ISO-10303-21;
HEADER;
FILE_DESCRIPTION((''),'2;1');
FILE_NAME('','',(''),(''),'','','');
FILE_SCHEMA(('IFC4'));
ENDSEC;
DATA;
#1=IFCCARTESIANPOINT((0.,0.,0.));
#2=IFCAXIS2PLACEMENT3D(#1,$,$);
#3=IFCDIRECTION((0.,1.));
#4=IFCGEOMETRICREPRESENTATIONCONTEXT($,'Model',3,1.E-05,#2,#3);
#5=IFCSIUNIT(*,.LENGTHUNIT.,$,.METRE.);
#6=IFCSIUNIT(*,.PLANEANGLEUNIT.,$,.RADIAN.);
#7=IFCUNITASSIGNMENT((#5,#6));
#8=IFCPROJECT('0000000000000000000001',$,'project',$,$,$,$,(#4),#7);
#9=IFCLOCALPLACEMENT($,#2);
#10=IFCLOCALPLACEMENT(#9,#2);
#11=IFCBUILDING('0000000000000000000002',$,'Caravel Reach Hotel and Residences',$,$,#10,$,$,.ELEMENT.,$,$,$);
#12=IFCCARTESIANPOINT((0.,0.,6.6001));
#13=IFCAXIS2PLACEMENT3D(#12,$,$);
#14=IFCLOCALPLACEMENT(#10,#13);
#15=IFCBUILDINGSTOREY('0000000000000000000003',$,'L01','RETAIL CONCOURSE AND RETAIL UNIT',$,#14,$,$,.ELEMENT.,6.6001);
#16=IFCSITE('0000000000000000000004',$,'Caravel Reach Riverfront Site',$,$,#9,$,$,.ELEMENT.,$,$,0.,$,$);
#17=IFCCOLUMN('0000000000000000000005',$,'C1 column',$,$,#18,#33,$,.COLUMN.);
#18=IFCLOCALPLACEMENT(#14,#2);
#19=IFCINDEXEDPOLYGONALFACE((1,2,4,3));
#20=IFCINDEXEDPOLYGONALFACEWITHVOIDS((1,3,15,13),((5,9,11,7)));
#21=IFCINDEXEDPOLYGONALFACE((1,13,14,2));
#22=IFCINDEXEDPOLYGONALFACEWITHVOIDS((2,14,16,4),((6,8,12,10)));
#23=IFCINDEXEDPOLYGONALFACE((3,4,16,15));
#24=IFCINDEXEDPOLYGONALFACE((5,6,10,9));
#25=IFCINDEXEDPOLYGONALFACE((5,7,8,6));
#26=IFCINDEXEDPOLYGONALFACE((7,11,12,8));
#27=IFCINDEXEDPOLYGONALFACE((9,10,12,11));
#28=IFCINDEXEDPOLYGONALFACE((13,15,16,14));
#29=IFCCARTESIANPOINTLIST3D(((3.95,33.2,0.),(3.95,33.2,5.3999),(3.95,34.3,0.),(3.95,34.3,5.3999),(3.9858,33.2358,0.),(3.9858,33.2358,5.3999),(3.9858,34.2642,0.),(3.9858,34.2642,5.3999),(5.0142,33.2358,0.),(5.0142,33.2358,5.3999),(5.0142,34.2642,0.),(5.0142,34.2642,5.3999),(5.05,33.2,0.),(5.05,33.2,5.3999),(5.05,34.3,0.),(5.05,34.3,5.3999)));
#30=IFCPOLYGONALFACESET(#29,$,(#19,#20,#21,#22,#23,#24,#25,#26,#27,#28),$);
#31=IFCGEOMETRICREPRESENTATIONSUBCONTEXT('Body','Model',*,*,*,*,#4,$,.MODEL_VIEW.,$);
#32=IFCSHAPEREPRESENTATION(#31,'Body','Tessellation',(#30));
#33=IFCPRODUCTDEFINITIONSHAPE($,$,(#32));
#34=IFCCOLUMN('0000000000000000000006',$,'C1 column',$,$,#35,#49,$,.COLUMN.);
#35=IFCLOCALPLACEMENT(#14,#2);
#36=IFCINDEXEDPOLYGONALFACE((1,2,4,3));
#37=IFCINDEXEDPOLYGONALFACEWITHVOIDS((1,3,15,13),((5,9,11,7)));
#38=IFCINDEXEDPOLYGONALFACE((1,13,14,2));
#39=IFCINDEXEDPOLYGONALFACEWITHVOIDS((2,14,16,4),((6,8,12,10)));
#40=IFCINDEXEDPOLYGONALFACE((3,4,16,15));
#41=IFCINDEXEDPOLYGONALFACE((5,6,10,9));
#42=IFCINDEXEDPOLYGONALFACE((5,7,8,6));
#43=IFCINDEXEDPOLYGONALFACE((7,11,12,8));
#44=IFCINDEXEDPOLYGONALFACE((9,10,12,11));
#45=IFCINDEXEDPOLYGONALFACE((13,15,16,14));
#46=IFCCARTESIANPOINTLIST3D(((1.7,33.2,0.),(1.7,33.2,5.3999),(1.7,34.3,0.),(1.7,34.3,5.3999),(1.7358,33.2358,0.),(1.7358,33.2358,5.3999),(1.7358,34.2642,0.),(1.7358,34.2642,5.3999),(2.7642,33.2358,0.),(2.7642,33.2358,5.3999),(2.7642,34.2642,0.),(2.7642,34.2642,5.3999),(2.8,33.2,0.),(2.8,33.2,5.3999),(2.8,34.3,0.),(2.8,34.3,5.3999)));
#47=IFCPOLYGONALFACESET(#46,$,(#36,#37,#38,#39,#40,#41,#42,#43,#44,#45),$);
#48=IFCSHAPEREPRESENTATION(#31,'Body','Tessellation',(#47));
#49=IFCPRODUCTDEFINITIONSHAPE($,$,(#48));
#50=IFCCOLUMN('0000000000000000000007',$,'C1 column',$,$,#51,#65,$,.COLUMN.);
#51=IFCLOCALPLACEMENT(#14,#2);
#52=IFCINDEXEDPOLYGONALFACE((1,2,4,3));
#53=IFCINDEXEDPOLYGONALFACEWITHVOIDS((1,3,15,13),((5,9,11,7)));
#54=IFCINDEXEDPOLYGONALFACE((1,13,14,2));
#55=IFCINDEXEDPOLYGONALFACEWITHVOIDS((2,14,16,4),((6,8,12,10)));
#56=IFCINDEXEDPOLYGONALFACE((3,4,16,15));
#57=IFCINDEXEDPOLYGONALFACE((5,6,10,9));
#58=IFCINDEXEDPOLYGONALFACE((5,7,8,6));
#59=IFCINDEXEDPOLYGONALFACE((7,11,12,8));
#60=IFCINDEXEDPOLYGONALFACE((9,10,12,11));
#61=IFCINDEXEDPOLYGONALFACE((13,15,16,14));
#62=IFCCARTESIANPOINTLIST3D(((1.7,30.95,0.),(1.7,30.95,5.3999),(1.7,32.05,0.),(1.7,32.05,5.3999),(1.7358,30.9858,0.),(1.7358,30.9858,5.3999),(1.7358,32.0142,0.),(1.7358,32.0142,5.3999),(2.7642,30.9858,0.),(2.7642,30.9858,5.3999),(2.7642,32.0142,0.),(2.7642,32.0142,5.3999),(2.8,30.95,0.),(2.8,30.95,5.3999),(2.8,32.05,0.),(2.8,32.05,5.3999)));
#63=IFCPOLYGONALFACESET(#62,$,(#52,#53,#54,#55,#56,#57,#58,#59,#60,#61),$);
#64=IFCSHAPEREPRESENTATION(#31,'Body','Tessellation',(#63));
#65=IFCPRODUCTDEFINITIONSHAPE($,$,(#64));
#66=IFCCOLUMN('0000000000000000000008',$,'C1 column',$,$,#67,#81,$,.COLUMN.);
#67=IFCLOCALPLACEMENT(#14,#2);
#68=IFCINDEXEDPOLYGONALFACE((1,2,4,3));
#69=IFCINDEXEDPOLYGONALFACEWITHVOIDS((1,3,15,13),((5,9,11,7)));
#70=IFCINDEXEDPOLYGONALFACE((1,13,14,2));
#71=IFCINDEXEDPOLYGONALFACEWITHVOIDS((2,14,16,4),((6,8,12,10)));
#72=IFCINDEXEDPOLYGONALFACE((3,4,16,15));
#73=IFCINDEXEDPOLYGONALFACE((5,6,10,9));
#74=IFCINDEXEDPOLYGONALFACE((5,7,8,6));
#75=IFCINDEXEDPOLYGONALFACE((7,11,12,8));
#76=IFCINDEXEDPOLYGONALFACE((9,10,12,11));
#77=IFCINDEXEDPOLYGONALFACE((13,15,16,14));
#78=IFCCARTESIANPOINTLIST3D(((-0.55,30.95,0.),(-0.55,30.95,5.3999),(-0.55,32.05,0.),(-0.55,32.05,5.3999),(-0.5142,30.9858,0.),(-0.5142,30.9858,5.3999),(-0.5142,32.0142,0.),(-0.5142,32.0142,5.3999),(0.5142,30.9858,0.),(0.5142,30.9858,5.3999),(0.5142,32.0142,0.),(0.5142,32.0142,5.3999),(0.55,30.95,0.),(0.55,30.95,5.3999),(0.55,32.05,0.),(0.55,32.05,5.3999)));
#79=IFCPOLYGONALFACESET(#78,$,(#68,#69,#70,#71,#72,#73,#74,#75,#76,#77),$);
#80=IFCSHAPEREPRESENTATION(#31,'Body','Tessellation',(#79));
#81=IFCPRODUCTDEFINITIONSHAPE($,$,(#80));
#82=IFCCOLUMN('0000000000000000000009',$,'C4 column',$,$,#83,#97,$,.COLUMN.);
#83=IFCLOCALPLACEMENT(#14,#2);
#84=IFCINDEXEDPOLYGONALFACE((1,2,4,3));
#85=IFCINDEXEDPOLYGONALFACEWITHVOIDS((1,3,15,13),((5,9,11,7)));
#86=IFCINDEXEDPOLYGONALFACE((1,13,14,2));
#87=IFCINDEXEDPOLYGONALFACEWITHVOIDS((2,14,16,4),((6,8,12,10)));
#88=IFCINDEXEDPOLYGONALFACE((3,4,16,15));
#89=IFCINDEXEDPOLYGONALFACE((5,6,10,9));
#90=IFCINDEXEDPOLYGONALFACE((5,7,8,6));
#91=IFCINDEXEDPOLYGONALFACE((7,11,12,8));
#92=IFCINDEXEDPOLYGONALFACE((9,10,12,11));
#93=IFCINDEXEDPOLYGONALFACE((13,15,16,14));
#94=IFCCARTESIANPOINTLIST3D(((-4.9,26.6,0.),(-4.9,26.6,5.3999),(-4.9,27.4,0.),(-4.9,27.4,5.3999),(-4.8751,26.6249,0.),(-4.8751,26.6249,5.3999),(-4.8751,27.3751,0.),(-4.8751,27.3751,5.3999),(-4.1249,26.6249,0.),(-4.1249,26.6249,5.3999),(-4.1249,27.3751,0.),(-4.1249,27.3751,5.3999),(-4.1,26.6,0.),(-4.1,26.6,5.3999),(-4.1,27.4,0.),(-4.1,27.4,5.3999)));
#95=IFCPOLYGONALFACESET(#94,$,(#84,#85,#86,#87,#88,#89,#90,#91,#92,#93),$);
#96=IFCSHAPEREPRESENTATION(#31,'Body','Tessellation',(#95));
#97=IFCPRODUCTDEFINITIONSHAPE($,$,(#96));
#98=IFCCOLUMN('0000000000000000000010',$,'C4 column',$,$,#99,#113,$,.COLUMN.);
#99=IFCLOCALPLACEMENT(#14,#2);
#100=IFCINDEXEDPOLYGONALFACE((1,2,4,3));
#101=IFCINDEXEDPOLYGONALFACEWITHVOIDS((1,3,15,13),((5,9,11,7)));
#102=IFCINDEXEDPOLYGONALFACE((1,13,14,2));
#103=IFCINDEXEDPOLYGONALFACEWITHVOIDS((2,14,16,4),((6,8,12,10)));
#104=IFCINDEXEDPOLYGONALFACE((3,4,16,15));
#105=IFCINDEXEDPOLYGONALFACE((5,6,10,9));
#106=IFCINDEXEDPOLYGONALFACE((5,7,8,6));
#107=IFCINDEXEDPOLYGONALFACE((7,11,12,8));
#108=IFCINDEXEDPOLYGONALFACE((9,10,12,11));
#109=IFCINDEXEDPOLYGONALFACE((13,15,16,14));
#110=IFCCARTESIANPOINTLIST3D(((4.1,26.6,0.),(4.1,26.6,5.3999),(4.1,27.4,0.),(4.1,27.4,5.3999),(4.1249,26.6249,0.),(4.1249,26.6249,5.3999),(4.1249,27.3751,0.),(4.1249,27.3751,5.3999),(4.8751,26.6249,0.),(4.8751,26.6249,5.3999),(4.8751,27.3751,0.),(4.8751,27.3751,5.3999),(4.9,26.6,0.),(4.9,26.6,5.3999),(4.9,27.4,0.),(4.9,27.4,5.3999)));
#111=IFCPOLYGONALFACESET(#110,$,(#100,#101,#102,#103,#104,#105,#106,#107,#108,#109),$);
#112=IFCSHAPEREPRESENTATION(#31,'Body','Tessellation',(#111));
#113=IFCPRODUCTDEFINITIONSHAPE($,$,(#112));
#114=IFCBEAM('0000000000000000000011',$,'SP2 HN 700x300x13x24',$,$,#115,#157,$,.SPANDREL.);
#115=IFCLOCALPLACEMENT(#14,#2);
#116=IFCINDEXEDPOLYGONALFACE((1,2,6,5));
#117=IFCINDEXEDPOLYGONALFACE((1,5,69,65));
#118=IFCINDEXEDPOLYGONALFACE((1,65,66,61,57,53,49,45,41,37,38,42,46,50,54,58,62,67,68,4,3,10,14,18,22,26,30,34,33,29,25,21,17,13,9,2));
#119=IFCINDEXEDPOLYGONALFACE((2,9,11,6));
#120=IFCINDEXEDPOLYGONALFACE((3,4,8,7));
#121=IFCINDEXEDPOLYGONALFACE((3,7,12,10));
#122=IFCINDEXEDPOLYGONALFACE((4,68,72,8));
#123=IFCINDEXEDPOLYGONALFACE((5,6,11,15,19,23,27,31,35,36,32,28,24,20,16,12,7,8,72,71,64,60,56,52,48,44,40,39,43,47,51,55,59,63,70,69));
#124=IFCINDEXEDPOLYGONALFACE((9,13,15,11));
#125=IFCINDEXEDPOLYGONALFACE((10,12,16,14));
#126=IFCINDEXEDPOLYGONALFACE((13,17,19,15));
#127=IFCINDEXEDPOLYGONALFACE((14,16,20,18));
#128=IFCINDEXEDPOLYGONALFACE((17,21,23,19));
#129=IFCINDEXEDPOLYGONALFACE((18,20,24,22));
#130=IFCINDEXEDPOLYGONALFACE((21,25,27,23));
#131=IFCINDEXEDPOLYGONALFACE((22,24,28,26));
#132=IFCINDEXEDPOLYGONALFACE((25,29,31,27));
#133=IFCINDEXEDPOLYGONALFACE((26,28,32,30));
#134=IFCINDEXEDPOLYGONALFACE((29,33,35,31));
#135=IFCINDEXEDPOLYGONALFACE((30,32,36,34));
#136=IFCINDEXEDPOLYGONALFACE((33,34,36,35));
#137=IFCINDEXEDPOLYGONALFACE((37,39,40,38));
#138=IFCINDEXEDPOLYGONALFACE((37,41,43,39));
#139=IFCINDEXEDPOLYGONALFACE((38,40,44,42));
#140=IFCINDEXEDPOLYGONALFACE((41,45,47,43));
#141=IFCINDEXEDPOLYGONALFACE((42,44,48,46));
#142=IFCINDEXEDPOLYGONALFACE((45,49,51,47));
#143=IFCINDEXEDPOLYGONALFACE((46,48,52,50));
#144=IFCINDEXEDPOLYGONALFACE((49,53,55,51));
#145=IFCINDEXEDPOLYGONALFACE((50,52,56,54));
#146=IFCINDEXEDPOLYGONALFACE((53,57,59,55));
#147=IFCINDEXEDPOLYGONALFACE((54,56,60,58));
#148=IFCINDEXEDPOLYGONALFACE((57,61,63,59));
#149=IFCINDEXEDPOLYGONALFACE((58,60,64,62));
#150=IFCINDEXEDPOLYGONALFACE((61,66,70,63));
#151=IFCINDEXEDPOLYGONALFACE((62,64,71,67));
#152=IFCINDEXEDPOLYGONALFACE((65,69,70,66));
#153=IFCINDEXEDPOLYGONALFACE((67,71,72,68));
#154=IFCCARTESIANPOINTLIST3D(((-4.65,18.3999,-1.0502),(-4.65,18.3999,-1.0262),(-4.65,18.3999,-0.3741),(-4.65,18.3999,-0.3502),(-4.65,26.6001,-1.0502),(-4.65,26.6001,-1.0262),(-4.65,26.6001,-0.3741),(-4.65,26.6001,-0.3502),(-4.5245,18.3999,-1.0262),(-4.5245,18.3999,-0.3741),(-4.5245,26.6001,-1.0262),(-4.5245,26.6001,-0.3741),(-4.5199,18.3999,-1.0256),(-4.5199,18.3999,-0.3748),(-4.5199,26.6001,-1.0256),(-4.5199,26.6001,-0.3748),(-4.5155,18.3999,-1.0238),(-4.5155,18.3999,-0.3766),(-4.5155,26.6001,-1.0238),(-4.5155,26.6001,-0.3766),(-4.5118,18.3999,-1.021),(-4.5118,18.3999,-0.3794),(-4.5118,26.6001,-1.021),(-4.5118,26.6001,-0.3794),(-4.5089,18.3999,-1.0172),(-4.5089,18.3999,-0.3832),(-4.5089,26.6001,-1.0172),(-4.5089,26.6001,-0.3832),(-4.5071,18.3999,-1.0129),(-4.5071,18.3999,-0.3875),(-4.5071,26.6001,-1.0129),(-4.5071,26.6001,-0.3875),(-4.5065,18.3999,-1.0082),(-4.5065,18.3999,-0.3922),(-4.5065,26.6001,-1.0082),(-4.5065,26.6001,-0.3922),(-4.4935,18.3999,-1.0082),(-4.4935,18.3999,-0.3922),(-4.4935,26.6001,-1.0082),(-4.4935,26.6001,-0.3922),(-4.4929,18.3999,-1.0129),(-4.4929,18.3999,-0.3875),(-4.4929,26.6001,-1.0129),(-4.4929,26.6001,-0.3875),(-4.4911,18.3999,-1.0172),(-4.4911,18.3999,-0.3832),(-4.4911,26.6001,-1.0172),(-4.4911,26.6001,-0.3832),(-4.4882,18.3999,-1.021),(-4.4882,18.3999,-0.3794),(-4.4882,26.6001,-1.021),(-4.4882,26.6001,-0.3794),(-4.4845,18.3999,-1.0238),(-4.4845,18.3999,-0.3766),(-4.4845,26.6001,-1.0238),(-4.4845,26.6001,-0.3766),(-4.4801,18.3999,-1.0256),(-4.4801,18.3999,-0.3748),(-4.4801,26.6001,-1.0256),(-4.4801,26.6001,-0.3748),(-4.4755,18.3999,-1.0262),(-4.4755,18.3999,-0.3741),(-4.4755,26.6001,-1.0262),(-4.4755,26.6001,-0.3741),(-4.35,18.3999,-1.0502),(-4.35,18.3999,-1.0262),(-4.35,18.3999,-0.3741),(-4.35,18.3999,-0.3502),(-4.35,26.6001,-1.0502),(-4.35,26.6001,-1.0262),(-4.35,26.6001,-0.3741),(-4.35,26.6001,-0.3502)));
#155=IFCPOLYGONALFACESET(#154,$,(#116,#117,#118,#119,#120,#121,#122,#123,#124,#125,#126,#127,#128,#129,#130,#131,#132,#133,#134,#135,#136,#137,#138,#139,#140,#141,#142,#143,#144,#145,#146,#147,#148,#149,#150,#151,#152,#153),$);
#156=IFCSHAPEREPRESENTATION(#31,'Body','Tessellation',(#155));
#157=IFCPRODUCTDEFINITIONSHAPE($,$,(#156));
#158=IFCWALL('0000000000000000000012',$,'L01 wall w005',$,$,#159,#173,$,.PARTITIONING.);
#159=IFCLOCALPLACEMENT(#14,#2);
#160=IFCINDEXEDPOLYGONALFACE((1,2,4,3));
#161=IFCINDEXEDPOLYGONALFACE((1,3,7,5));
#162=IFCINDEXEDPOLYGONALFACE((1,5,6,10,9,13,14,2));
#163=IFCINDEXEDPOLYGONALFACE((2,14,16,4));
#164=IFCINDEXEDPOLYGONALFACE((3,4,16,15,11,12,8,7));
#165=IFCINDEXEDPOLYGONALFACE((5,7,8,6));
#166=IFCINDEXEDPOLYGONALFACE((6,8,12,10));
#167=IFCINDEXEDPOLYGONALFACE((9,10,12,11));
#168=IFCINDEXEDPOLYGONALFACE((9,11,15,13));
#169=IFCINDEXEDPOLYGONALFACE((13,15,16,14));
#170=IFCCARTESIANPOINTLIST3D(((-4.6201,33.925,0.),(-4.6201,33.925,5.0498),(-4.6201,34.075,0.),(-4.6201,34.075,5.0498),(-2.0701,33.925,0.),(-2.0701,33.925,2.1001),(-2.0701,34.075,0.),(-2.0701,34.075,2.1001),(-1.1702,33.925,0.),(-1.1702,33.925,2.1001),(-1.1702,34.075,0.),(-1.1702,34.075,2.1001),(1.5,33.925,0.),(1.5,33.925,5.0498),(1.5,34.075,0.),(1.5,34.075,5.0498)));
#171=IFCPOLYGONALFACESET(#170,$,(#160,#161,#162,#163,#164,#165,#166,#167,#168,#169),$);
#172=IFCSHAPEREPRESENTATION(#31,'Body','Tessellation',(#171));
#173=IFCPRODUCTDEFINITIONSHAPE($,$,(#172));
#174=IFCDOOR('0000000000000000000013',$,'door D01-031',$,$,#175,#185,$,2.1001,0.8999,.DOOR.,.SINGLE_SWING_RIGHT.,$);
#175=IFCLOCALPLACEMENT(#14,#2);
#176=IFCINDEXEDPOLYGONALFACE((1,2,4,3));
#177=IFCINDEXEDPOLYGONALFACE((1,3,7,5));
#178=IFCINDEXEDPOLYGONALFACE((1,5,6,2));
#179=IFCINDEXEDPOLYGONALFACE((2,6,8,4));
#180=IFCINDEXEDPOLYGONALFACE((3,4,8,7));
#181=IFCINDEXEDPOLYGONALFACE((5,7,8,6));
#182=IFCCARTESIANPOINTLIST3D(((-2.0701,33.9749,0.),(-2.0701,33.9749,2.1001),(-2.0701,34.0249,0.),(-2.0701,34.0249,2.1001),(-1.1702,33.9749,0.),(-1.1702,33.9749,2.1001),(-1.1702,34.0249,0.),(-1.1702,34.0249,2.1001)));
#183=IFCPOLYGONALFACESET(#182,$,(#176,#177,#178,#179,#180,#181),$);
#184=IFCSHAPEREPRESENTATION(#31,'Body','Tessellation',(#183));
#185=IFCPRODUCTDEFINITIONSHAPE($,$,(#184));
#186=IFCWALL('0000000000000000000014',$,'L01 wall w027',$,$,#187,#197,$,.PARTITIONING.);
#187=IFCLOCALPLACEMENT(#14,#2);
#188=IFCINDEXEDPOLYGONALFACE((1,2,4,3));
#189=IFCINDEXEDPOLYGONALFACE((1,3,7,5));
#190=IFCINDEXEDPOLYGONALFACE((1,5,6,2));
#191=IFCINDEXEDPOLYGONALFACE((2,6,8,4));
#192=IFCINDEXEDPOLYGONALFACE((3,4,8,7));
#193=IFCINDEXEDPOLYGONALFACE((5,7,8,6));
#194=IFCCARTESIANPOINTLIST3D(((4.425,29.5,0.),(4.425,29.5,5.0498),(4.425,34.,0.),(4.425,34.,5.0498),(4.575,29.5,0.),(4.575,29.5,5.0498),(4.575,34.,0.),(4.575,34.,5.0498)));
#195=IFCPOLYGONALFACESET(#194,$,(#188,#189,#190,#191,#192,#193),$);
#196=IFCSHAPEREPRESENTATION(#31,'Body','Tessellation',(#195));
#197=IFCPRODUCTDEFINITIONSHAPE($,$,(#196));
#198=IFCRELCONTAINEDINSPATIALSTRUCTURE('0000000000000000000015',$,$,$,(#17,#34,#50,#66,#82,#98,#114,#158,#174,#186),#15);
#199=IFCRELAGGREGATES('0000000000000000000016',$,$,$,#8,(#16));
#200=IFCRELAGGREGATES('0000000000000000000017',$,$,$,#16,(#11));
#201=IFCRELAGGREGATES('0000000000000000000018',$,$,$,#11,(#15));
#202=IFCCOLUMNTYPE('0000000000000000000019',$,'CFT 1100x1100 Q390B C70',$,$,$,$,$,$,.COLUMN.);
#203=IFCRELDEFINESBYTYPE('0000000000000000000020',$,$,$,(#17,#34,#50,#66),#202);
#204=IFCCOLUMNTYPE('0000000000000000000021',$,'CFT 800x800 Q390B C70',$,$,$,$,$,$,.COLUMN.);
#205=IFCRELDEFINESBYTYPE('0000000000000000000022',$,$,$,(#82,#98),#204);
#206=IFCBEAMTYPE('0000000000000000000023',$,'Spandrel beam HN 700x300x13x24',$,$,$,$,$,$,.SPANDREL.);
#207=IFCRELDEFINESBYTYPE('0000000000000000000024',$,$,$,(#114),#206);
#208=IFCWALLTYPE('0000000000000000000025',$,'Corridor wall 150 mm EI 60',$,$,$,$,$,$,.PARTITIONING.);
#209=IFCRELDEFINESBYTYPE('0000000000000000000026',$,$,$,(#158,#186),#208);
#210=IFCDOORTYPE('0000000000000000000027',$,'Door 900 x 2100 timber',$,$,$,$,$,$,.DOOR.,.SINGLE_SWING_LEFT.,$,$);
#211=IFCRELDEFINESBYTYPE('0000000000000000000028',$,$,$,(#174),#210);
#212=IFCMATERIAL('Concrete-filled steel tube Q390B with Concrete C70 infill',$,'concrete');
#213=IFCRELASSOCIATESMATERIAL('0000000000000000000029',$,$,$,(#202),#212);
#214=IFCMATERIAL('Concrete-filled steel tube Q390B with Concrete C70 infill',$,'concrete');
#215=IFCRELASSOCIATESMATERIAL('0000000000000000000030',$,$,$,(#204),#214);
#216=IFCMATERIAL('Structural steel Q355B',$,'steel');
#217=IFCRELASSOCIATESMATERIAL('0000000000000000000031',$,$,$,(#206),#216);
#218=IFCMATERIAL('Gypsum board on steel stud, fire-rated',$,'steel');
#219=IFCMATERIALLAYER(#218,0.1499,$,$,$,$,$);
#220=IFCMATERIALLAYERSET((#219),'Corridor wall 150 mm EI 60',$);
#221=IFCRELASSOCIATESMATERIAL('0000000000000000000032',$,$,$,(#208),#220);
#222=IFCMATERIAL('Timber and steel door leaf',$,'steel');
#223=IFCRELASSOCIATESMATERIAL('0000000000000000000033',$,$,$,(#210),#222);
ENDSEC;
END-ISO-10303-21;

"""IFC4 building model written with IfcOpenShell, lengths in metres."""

from ifc_helpers import new_model, si_unit, direction, frame, frame_2d, origin, origin_2d, place, context, subcontext, project, spatial, rectangle, hollow_rectangle, i_section, extrude, material, layer, layer_set, material_profile, profile_set, type_object, element, fill, save


model = new_model("IFC4")

# Units and contexts
model_context = context("Model", 3, precision=1e-05, world=origin(), true_north=direction((0.0, 1.0)))
body_context = subcontext(model_context, "Body", "Model", "MODEL_VIEW")
ifc_project = project(units=[si_unit("LENGTHUNIT", "METRE"), si_unit("PLANEANGLEUNIT", "RADIAN")], contexts=[model_context])

# Site, building, storey
site_placement = place(None, origin())
site = spatial("IfcSite", under=ifc_project, at=site_placement, Name="Caravel Reach Riverfront Site", CompositionType="ELEMENT", RefElevation=0.0)
building_placement = place(site_placement, origin())
building = spatial("IfcBuilding", under=site, at=building_placement, Name="Caravel Reach Hotel and Residences", CompositionType="ELEMENT")
storey_placement = place(building_placement, frame((0.0, 0.0, 6.6001)))
storey = spatial("IfcBuildingStorey", under=building, at=storey_placement, Name="L01", Description="RETAIL CONCOURSE AND RETAIL UNIT", CompositionType="ELEMENT", Elevation=6.6001)

# Columns
ifc_material_1 = material(Name="Concrete-filled steel tube Q390B with Concrete C70 infill", Category="concrete")
ifc_material_profile_1 = material_profile(ifc_material_1, hollow_rectangle(XDim=1.1001, YDim=1.1001, WallThickness=0.0359, at=origin_2d()), Name="RHS 1100x1100x36")
ifc_profile_set_1 = profile_set([ifc_material_profile_1], Name="Concrete-filled steel tube Q390B with Concrete C70 infill")
column_type_1 = type_object("IfcColumnType", Name="CFT 1100x1100 Q390B C70", PredefinedType="COLUMN", material=ifc_profile_set_1)
for number, where, z_axis, x_axis, name in (
    (1, (4.5, 33.75, 0.0), (0.0, 0.0, 1.0), (1.0, 0.0, 0.0), "C1 column"),
    (2, (2.25, 33.75, 0.0), (0.0, 0.0, 1.0), (1.0, 0.0, 0.0), "C1 column"),
    (3, (2.25, 31.5, 0.0), (0.0, 0.0, 1.0), (1.0, 0.0, 0.0), "C1 column"),
    (4, (0.0, 31.5, 0.0), (0.0, 0.0, 1.0), (1.0, 0.0, 0.0), "C1 column"),
):
    element("IfcColumn", number, at=place(storey_placement, frame(where, z_axis=z_axis, x_axis=x_axis)), inside=storey, type_object=column_type_1, Name=name, PredefinedType="COLUMN", context=body_context, shape_type="SweptSolid", body=[
        extrude(hollow_rectangle(XDim=1.1001, YDim=1.1001, WallThickness=0.0359, at=origin_2d()), origin(), (0.0, 0.0, 1.0), 5.3999),
    ])
ifc_material_2 = material(Name="Concrete-filled steel tube Q390B with Concrete C70 infill", Category="concrete")
ifc_material_profile_2 = material_profile(ifc_material_2, hollow_rectangle(XDim=0.8, YDim=0.8, WallThickness=0.0249, at=origin_2d()), Name="RHS 800x800x25")
ifc_profile_set_2 = profile_set([ifc_material_profile_2], Name="Concrete-filled steel tube Q390B with Concrete C70 infill")
column_type_2 = type_object("IfcColumnType", Name="CFT 800x800 Q390B C70", PredefinedType="COLUMN", material=ifc_profile_set_2)
for number, where, z_axis, x_axis, name in (
    (5, (-4.5, 27.0, 0.0), (0.0, 0.0, 1.0), (1.0, 0.0, 0.0), "C4 column"),
    (6, (4.5, 27.0, 0.0), (0.0, 0.0, 1.0), (1.0, 0.0, 0.0), "C4 column"),
):
    element("IfcColumn", number, at=place(storey_placement, frame(where, z_axis=z_axis, x_axis=x_axis)), inside=storey, type_object=column_type_2, Name=name, PredefinedType="COLUMN", context=body_context, shape_type="SweptSolid", body=[
        extrude(hollow_rectangle(XDim=0.8, YDim=0.8, WallThickness=0.0249, at=origin_2d()), origin(), (0.0, 0.0, 1.0), 5.3999),
    ])

# Beam
ifc_material_3 = material(Name="Structural steel Q355B", Category="steel")
ifc_material_profile_3 = material_profile(ifc_material_3, i_section(OverallWidth=0.3, OverallDepth=0.7, WebThickness=0.0129, FlangeThickness=0.0239, FilletRadius=0.0181, at=origin_2d()), Name="HN 700x300x13x24")
ifc_profile_set_3 = profile_set([ifc_material_profile_3], Name="Structural steel Q355B")
beam_type = type_object("IfcBeamType", Name="Spandrel beam HN 700x300x13x24", PredefinedType="SPANDREL", material=ifc_profile_set_3)
beam_placement = place(storey_placement, frame((-4.5, 26.6001, -0.7002), z_axis=(0.0, -1.0, 0.0), x_axis=(1.0, 0.0, 0.0)))
element("IfcBeam", 7, at=beam_placement, inside=storey, type_object=beam_type, Name="SP2 HN 700x300x13x24", PredefinedType="SPANDREL", context=body_context, shape_type="SweptSolid", body=[
    extrude(i_section(OverallWidth=0.3, OverallDepth=0.7, WebThickness=0.0129, FlangeThickness=0.0239, FilletRadius=0.0181, at=origin_2d()), origin(), (0.0, 0.0, 1.0), 8.2002),
])

# Wall, opening, door
ifc_material_4 = material(Name="Gypsum board on steel stud, fire-rated", Category="steel")
ifc_layer_1 = layer(ifc_material_4, 0.1499)
ifc_layer_set_1 = layer_set([ifc_layer_1], Name="Corridor wall 150 mm EI 60")
wall_type_1 = type_object("IfcWallType", Name="Corridor wall 150 mm EI 60", PredefinedType="PARTITIONING", material=ifc_layer_set_1)
wall_1_placement = place(storey_placement, frame((-4.6201, 34.0, 0.0), z_axis=(0.0, 0.0, 1.0), x_axis=(1.0, 0.0, 0.0)))
wall_1 = element("IfcWall", 8, at=wall_1_placement, inside=storey, type_object=wall_type_1, Name="L01 wall w005", PredefinedType="PARTITIONING", context=body_context, shape_type="SweptSolid", body=[
    extrude(rectangle(XDim=6.1201, YDim=0.1499, at=frame_2d((3.0601, 0.0))), origin(), (0.0, 0.0, 1.0), 5.0498),
])
opening_1_placement = place(wall_1_placement, frame((2.55, 0.0, 0.0)))
opening_1 = element("IfcOpeningElement", 9, at=opening_1_placement, cuts=wall_1, PredefinedType="OPENING", context=body_context, shape_type="SweptSolid", body=[
    extrude(rectangle(XDim=0.8999, YDim=2.1001, at=frame_2d((0.45, 1.05))), frame((0.0, 0.085, 0.0), z_axis=(0.0, -1.0, 0.0), x_axis=(1.0, 0.0, 0.0)), (0.0, 0.0, 1.0), 0.1699),
])
ifc_material_5 = material(Name="Timber and steel door leaf", Category="steel")
door_type_1 = type_object("IfcDoorType", Name="Door 900 x 2100 timber", OperationType="SINGLE_SWING_LEFT", PredefinedType="DOOR", material=ifc_material_5)
door_1_placement = place(opening_1_placement, origin())
door_1 = element("IfcDoor", 10, at=door_1_placement, inside=storey, type_object=door_type_1, Name="door D01-031", OperationType="SINGLE_SWING_RIGHT", OverallHeight=2.1001, OverallWidth=0.8999, PredefinedType="DOOR", context=body_context, shape_type="SweptSolid", body=[
    extrude(rectangle(XDim=0.8999, YDim=2.1001, at=frame_2d((0.45, 1.05))), frame((0.0, 0.0249, 0.0), z_axis=(0.0, -1.0, 0.0), x_axis=(1.0, 0.0, 0.0)), (0.0, 0.0, 1.0), 0.05),
])
fill(opening_1, door_1)

# Wall
wall_2_placement = place(storey_placement, frame((4.5, 29.5, 0.0), z_axis=(0.0, 0.0, 1.0), x_axis=(0.0, 1.0, 0.0)))
element("IfcWall", 11, at=wall_2_placement, inside=storey, type_object=wall_type_1, Name="L01 wall w027", PredefinedType="PARTITIONING", context=body_context, shape_type="SweptSolid", body=[
    extrude(rectangle(XDim=4.5, YDim=0.1499, at=frame_2d((2.25, 0.0))), origin(), (0.0, 0.0, 1.0), 5.0498),
])

save(model, "model.ifc")
